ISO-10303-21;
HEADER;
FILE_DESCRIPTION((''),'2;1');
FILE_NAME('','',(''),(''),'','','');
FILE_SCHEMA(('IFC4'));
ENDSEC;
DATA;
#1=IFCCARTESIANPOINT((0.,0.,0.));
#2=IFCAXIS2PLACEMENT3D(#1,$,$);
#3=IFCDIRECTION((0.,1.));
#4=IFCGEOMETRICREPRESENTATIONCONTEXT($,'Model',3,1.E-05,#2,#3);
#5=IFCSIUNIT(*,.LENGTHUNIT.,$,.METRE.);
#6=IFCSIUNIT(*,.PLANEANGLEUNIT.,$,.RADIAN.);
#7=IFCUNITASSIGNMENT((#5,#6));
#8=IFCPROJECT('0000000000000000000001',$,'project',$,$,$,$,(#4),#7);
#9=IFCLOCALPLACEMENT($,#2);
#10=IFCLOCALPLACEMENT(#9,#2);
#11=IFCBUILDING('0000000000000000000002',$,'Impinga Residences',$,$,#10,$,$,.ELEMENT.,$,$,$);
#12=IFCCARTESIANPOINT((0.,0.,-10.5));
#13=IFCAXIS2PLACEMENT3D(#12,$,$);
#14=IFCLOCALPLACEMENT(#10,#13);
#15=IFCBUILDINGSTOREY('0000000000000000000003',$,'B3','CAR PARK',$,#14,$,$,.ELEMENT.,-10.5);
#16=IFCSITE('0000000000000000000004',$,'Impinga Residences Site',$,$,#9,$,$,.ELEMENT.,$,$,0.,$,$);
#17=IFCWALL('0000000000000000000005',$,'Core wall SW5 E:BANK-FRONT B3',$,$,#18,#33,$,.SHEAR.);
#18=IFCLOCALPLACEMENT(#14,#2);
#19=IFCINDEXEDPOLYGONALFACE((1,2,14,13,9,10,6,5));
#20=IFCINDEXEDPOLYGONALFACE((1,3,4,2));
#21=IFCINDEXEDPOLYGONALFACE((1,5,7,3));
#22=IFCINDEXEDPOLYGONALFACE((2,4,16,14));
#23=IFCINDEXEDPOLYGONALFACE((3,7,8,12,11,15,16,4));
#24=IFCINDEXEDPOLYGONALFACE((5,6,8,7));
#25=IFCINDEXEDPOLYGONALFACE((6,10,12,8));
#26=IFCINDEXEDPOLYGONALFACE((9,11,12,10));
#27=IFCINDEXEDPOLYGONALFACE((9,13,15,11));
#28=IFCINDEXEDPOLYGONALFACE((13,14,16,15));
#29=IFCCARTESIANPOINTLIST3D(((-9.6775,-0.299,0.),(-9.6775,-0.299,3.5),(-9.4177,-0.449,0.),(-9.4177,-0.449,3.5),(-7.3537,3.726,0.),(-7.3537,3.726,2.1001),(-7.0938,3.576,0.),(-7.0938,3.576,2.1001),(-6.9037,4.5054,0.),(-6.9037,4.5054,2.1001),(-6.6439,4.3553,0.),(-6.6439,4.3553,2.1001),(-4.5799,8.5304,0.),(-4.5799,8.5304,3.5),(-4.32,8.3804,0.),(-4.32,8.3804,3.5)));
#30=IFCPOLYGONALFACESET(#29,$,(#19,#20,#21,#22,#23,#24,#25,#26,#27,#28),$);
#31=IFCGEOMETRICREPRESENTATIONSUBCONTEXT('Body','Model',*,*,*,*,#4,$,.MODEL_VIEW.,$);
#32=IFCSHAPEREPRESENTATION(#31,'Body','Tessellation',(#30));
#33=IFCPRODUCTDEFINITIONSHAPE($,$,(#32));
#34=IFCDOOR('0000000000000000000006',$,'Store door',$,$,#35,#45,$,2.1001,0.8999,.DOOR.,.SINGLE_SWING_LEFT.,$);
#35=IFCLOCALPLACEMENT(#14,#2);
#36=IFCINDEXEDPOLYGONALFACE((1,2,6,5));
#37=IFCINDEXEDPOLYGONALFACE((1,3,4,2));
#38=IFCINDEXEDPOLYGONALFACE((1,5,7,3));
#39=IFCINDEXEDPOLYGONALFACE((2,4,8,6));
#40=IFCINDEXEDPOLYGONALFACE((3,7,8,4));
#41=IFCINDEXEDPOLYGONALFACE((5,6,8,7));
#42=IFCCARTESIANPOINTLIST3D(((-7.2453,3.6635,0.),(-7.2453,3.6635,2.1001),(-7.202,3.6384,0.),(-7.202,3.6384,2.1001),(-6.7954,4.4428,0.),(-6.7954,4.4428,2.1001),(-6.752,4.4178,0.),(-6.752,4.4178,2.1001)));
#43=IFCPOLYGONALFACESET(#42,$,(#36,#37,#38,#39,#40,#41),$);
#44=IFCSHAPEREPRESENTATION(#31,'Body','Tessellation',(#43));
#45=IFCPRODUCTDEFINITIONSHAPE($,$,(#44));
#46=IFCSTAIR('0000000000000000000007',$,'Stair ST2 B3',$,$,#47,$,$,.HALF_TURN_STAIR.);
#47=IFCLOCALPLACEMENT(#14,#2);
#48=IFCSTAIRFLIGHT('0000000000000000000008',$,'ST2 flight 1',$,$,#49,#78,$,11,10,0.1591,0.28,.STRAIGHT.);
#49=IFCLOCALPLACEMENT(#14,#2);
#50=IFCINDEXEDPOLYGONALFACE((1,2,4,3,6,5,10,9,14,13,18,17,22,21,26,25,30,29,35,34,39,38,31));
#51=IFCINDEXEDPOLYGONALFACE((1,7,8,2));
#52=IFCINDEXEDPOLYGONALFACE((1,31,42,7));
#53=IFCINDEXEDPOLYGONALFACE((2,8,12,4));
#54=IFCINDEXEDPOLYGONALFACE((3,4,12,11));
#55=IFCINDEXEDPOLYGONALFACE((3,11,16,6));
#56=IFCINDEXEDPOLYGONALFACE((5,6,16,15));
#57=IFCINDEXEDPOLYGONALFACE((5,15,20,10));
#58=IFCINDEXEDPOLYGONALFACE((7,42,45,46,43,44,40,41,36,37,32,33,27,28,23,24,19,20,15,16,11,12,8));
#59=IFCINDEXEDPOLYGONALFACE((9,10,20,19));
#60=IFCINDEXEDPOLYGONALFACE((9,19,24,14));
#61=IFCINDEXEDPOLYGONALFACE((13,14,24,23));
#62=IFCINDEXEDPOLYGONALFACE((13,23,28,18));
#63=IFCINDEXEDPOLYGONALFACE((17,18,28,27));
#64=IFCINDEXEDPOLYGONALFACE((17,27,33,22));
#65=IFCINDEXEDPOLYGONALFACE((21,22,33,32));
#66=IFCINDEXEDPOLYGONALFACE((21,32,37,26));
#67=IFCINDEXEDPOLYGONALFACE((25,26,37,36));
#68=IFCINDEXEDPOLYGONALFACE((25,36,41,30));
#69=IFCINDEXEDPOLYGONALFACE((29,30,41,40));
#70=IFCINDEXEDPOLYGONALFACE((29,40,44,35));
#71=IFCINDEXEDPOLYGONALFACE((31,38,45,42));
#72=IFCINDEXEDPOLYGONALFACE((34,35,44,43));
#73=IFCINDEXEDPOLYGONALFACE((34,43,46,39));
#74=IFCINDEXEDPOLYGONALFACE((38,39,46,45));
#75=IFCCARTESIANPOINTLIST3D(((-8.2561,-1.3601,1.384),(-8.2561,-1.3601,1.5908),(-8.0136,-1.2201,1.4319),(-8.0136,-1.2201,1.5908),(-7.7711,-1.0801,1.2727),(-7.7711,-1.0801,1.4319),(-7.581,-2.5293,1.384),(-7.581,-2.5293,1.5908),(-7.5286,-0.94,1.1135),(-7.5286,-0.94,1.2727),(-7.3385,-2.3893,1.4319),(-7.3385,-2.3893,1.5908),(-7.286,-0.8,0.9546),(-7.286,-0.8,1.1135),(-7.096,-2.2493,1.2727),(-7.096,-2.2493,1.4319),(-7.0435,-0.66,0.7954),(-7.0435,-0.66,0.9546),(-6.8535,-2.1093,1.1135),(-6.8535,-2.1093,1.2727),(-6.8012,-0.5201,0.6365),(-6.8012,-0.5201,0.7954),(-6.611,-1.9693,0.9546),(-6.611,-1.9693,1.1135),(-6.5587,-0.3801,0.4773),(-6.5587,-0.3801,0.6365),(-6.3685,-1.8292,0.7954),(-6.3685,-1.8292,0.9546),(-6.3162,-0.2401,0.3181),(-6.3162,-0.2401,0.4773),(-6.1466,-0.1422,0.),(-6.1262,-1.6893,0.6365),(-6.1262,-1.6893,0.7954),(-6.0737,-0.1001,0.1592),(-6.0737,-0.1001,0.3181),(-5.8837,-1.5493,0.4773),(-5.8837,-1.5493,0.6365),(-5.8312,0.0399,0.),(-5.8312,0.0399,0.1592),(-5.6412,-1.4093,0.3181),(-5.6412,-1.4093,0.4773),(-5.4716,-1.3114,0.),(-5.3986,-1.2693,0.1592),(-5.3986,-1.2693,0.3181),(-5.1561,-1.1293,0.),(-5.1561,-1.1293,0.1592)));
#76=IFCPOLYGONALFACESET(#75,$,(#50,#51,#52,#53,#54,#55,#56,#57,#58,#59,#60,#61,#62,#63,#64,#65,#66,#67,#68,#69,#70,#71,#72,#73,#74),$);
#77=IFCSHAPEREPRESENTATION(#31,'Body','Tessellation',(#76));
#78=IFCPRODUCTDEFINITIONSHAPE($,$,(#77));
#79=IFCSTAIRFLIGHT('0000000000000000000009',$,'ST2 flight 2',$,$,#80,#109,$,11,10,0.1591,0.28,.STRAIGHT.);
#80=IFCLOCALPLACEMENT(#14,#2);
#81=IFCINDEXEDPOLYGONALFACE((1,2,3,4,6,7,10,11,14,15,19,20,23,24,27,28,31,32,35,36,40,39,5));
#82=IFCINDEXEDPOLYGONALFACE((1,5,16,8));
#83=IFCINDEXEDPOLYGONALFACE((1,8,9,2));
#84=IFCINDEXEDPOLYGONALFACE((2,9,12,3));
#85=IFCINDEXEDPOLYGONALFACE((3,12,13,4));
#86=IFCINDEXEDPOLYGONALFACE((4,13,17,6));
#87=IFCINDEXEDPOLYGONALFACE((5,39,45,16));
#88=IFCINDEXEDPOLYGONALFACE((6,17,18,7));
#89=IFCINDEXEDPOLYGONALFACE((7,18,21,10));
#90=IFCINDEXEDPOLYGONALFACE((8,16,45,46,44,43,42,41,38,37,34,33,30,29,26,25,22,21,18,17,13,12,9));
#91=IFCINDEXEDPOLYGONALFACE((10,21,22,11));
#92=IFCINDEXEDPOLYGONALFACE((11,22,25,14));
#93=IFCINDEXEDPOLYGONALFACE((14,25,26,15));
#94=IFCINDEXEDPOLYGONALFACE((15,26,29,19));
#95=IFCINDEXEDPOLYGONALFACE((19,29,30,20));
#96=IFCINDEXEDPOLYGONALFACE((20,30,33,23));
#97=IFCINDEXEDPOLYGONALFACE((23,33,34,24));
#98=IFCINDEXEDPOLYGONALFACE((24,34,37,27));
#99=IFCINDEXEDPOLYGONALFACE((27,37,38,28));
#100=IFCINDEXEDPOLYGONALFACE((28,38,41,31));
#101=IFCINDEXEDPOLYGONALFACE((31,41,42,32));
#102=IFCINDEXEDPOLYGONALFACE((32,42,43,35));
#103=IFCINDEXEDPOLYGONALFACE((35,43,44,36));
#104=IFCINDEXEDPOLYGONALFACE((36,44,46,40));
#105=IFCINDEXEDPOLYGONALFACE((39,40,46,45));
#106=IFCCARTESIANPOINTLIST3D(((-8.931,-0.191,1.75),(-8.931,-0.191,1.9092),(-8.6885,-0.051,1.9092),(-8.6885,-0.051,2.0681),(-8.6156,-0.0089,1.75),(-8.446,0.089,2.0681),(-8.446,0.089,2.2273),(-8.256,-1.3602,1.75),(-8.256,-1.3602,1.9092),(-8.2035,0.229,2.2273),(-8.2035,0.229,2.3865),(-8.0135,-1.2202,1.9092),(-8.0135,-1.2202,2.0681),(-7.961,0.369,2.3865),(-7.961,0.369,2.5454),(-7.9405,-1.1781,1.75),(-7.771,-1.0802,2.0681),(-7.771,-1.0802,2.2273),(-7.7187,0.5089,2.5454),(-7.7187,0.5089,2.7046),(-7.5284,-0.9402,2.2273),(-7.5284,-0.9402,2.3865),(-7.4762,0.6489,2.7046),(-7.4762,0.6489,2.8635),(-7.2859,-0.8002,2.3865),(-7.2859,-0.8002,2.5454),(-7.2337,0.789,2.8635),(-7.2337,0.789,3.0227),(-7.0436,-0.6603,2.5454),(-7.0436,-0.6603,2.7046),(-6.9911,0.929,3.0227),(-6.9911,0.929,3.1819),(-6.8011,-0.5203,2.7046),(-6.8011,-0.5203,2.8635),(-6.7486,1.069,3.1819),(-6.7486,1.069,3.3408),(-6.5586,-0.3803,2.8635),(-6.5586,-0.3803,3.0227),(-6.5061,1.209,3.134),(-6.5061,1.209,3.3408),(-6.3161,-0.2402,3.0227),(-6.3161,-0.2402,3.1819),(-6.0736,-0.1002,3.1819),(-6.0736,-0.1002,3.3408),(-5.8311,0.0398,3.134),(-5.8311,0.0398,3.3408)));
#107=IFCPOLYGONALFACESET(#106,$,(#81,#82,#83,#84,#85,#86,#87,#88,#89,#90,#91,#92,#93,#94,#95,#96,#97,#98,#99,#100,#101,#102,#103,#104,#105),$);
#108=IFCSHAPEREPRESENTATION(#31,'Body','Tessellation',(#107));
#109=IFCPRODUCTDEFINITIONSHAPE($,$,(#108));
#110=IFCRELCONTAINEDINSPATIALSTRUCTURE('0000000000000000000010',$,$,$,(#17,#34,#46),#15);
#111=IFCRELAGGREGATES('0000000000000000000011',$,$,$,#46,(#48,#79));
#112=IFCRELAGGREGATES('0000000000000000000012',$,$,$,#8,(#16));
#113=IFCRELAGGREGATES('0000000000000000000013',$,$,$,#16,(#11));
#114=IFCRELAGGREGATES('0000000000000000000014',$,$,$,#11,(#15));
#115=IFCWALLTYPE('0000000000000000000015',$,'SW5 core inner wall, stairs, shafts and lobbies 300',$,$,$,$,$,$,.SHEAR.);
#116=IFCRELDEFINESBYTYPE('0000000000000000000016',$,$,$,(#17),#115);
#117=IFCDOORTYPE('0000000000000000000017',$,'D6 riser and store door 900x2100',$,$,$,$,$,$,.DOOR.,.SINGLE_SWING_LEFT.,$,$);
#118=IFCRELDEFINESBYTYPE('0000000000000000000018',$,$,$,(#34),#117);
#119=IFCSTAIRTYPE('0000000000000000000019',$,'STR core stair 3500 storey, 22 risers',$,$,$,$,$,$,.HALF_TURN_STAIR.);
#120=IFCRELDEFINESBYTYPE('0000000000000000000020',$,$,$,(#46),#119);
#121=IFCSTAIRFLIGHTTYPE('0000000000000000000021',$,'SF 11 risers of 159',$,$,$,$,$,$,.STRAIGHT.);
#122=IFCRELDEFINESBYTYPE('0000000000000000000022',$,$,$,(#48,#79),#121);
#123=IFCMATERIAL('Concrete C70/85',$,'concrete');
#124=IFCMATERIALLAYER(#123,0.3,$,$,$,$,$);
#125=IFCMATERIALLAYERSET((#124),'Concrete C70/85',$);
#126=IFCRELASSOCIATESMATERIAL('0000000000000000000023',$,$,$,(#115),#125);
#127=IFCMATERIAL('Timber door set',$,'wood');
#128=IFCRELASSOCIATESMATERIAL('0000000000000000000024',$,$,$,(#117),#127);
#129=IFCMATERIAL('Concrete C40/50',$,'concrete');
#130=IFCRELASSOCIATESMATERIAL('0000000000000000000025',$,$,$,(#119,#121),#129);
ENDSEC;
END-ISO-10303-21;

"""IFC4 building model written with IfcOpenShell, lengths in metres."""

from ifc_helpers import new_model, si_unit, direction, frame, frame_2d, origin, place, context, subcontext, project, spatial, polyline, rectangle, outline, extrude, material, layer, layer_set, type_object, element, fill, aggregate, save


model = new_model("IFC4")

# Units and contexts
model_context = context("Model", 3, precision=1e-05, world=origin(), true_north=direction((0.0, 1.0)))
body_context = subcontext(model_context, "Body", "Model", "MODEL_VIEW")
ifc_project = project(units=[si_unit("LENGTHUNIT", "METRE"), si_unit("PLANEANGLEUNIT", "RADIAN")], contexts=[model_context])

# Site, building, storey
site_placement = place(None, origin())
site = spatial("IfcSite", under=ifc_project, at=site_placement, Name="Impinga Residences Site", CompositionType="ELEMENT", RefElevation=0.0)
building_placement = place(site_placement, origin())
building = spatial("IfcBuilding", under=site, at=building_placement, Name="Impinga Residences", CompositionType="ELEMENT")
storey_placement = place(building_placement, frame((0.0, 0.0, -10.5)))
storey = spatial("IfcBuildingStorey", under=building, at=storey_placement, Name="B3", Description="CAR PARK", CompositionType="ELEMENT", Elevation=-10.5)

# Wall, opening, door
ifc_material_1 = material(Name="Timber door set", Category="wood")
ifc_material_2 = material(Name="Concrete C70/85", Category="concrete")
ifc_layer_1 = layer(ifc_material_2, 0.3)
ifc_layer_set_1 = layer_set([ifc_layer_1], Name="Concrete C70/85")
wall_type_1 = type_object("IfcWallType", Name="SW5 core inner wall, stairs, shafts and lobbies 300", PredefinedType="SHEAR", material=ifc_layer_set_1)
wall_1_placement = place(storey_placement, frame((-9.5476, -0.374, 0.0), z_axis=(0.0, 0.0, 1.0), x_axis=(0.500002, 0.866024, 0.0)))
wall_1 = element("IfcWall", 1, at=wall_1_placement, inside=storey, type_object=wall_type_1, Name="Core wall SW5 E:BANK-FRONT B3", PredefinedType="SHEAR", context=body_context, shape_type="SweptSolid", body=[
    extrude(rectangle(XDim=10.1953, YDim=0.3, at=frame_2d((5.0977, 0.0))), origin(), (0.0, 0.0, 1.0), 3.5),
])
opening_1_placement = place(wall_1_placement, frame((4.6477, 0.0, 0.0)))
opening_1 = element("IfcOpeningElement", 2, at=opening_1_placement, cuts=wall_1, PredefinedType="OPENING", context=body_context, shape_type="SweptSolid", body=[
    extrude(rectangle(XDim=0.8999, YDim=2.1001, at=frame_2d((0.45, 1.05))), frame((0.0, 0.1599, 0.0), z_axis=(0.0, -1.0, 0.0), x_axis=(1.0, 0.0, 0.0)), (0.0, 0.0, 1.0), 0.3201),
])
door_type_1 = type_object("IfcDoorType", Name="D6 riser and store door 900x2100", OperationType="SINGLE_SWING_LEFT", PredefinedType="DOOR", material=ifc_material_1)
door_1_placement = place(opening_1_placement, origin())
door_1 = element("IfcDoor", 3, at=door_1_placement, inside=storey, type_object=door_type_1, Name="Store door", OperationType="SINGLE_SWING_LEFT", OverallHeight=2.1001, OverallWidth=0.8999, PredefinedType="DOOR", context=body_context, shape_type="SweptSolid", body=[
    extrude(rectangle(XDim=0.8999, YDim=2.1001, at=frame_2d((0.45, 1.05))), frame((0.0, 0.0249, 0.0), z_axis=(0.0, -1.0, 0.0), x_axis=(1.0, 0.0, 0.0)), (0.0, 0.0, 1.0), 0.05),
])
fill(opening_1, door_1)

# Stair, stair flights
ifc_material_3 = material(Name="Concrete C40/50", Category="concrete")
stair_type = type_object("IfcStairType", Name="STR core stair 3500 storey, 22 risers", PredefinedType="HALF_TURN_STAIR", material=ifc_material_3)
stair_placement = place(storey_placement, origin())
stair = element("IfcStair", 4, at=stair_placement, inside=storey, type_object=stair_type, Name="Stair ST2 B3", PredefinedType="HALF_TURN_STAIR")
stair_flight_type = type_object("IfcStairFlightType", Name="SF 11 risers of 159", PredefinedType="STRAIGHT", material=ifc_material_3)
stair_flight_1_placement = place(storey_placement, frame((-5.4937, -0.5447, 0.0), z_axis=(0.0, 0.0, 1.0), x_axis=(-0.866025, -0.5, 0.0)))
stair_flight_1 = element("IfcStairFlight", 5, at=stair_flight_1_placement, type_object=stair_flight_type, Name="ST2 flight 1", NumberOfRisers=11, NumberOfTreads=10, PredefinedType="STRAIGHT", RiserHeight=0.1591, TreadLength=0.28, context=body_context, shape_type="SweptSolid", body=[
    extrude(outline(polyline([(0.0, 0.0), (0.0, 0.1592), (0.28, 0.1592), (0.28, 0.3181), (0.5601, 0.3181), (0.5601, 0.4773), (0.8401, 0.4773), (0.8401, 0.6365), (1.1201, 0.6365), (1.1201, 0.7954), (1.3999, 0.7954), (1.3999, 0.9546), (1.6799, 0.9546), (1.6799, 1.1135), (1.96, 1.1135), (1.96, 1.2727), (2.24, 1.2727), (2.24, 1.4319), (2.52, 1.4319), (2.52, 1.5908), (2.8, 1.5908), (2.8, 1.75), (2.8, 1.384), (0.3643, 0.0), (0.0, 0.0)])), frame((0.0, 0.675, 0.0), z_axis=(0.0, -1.0, 0.0), x_axis=(1.0, 0.0, 0.0)), (0.0, 0.0, 1.0), 1.3501),
])
stair_flight_2_placement = place(storey_placement, frame((-8.5935, -0.7756, 1.75), z_axis=(0.0, 0.0, 1.0), x_axis=(0.866025, 0.5, 0.0)))
stair_flight_2 = element("IfcStairFlight", 6, at=stair_flight_2_placement, type_object=stair_flight_type, Name="ST2 flight 2", NumberOfRisers=11, NumberOfTreads=10, PredefinedType="STRAIGHT", RiserHeight=0.1591, TreadLength=0.28, context=body_context, shape_type="SweptSolid", body=[
    extrude(outline(polyline([(0.0, 0.0), (0.0, 0.1592), (0.28, 0.1592), (0.28, 0.3181), (0.5601, 0.3181), (0.5601, 0.4773), (0.8401, 0.4773), (0.8401, 0.6365), (1.1201, 0.6365), (1.1201, 0.7954), (1.3999, 0.7954), (1.3999, 0.9546), (1.6799, 0.9546), (1.6799, 1.1135), (1.96, 1.1135), (1.96, 1.2727), (2.24, 1.2727), (2.24, 1.4319), (2.52, 1.4319), (2.52, 1.5908), (2.8, 1.5908), (2.8, 1.75), (2.8, 1.384), (0.3643, 0.0), (0.0, 0.0)])), frame((0.0, 0.675, 0.0), z_axis=(0.0, -1.0, 0.0), x_axis=(1.0, 0.0, 0.0)), (0.0, 0.0, 1.0), 1.3501),
])
aggregate(stair, [stair_flight_1, stair_flight_2])

save(model, "model.ifc")
